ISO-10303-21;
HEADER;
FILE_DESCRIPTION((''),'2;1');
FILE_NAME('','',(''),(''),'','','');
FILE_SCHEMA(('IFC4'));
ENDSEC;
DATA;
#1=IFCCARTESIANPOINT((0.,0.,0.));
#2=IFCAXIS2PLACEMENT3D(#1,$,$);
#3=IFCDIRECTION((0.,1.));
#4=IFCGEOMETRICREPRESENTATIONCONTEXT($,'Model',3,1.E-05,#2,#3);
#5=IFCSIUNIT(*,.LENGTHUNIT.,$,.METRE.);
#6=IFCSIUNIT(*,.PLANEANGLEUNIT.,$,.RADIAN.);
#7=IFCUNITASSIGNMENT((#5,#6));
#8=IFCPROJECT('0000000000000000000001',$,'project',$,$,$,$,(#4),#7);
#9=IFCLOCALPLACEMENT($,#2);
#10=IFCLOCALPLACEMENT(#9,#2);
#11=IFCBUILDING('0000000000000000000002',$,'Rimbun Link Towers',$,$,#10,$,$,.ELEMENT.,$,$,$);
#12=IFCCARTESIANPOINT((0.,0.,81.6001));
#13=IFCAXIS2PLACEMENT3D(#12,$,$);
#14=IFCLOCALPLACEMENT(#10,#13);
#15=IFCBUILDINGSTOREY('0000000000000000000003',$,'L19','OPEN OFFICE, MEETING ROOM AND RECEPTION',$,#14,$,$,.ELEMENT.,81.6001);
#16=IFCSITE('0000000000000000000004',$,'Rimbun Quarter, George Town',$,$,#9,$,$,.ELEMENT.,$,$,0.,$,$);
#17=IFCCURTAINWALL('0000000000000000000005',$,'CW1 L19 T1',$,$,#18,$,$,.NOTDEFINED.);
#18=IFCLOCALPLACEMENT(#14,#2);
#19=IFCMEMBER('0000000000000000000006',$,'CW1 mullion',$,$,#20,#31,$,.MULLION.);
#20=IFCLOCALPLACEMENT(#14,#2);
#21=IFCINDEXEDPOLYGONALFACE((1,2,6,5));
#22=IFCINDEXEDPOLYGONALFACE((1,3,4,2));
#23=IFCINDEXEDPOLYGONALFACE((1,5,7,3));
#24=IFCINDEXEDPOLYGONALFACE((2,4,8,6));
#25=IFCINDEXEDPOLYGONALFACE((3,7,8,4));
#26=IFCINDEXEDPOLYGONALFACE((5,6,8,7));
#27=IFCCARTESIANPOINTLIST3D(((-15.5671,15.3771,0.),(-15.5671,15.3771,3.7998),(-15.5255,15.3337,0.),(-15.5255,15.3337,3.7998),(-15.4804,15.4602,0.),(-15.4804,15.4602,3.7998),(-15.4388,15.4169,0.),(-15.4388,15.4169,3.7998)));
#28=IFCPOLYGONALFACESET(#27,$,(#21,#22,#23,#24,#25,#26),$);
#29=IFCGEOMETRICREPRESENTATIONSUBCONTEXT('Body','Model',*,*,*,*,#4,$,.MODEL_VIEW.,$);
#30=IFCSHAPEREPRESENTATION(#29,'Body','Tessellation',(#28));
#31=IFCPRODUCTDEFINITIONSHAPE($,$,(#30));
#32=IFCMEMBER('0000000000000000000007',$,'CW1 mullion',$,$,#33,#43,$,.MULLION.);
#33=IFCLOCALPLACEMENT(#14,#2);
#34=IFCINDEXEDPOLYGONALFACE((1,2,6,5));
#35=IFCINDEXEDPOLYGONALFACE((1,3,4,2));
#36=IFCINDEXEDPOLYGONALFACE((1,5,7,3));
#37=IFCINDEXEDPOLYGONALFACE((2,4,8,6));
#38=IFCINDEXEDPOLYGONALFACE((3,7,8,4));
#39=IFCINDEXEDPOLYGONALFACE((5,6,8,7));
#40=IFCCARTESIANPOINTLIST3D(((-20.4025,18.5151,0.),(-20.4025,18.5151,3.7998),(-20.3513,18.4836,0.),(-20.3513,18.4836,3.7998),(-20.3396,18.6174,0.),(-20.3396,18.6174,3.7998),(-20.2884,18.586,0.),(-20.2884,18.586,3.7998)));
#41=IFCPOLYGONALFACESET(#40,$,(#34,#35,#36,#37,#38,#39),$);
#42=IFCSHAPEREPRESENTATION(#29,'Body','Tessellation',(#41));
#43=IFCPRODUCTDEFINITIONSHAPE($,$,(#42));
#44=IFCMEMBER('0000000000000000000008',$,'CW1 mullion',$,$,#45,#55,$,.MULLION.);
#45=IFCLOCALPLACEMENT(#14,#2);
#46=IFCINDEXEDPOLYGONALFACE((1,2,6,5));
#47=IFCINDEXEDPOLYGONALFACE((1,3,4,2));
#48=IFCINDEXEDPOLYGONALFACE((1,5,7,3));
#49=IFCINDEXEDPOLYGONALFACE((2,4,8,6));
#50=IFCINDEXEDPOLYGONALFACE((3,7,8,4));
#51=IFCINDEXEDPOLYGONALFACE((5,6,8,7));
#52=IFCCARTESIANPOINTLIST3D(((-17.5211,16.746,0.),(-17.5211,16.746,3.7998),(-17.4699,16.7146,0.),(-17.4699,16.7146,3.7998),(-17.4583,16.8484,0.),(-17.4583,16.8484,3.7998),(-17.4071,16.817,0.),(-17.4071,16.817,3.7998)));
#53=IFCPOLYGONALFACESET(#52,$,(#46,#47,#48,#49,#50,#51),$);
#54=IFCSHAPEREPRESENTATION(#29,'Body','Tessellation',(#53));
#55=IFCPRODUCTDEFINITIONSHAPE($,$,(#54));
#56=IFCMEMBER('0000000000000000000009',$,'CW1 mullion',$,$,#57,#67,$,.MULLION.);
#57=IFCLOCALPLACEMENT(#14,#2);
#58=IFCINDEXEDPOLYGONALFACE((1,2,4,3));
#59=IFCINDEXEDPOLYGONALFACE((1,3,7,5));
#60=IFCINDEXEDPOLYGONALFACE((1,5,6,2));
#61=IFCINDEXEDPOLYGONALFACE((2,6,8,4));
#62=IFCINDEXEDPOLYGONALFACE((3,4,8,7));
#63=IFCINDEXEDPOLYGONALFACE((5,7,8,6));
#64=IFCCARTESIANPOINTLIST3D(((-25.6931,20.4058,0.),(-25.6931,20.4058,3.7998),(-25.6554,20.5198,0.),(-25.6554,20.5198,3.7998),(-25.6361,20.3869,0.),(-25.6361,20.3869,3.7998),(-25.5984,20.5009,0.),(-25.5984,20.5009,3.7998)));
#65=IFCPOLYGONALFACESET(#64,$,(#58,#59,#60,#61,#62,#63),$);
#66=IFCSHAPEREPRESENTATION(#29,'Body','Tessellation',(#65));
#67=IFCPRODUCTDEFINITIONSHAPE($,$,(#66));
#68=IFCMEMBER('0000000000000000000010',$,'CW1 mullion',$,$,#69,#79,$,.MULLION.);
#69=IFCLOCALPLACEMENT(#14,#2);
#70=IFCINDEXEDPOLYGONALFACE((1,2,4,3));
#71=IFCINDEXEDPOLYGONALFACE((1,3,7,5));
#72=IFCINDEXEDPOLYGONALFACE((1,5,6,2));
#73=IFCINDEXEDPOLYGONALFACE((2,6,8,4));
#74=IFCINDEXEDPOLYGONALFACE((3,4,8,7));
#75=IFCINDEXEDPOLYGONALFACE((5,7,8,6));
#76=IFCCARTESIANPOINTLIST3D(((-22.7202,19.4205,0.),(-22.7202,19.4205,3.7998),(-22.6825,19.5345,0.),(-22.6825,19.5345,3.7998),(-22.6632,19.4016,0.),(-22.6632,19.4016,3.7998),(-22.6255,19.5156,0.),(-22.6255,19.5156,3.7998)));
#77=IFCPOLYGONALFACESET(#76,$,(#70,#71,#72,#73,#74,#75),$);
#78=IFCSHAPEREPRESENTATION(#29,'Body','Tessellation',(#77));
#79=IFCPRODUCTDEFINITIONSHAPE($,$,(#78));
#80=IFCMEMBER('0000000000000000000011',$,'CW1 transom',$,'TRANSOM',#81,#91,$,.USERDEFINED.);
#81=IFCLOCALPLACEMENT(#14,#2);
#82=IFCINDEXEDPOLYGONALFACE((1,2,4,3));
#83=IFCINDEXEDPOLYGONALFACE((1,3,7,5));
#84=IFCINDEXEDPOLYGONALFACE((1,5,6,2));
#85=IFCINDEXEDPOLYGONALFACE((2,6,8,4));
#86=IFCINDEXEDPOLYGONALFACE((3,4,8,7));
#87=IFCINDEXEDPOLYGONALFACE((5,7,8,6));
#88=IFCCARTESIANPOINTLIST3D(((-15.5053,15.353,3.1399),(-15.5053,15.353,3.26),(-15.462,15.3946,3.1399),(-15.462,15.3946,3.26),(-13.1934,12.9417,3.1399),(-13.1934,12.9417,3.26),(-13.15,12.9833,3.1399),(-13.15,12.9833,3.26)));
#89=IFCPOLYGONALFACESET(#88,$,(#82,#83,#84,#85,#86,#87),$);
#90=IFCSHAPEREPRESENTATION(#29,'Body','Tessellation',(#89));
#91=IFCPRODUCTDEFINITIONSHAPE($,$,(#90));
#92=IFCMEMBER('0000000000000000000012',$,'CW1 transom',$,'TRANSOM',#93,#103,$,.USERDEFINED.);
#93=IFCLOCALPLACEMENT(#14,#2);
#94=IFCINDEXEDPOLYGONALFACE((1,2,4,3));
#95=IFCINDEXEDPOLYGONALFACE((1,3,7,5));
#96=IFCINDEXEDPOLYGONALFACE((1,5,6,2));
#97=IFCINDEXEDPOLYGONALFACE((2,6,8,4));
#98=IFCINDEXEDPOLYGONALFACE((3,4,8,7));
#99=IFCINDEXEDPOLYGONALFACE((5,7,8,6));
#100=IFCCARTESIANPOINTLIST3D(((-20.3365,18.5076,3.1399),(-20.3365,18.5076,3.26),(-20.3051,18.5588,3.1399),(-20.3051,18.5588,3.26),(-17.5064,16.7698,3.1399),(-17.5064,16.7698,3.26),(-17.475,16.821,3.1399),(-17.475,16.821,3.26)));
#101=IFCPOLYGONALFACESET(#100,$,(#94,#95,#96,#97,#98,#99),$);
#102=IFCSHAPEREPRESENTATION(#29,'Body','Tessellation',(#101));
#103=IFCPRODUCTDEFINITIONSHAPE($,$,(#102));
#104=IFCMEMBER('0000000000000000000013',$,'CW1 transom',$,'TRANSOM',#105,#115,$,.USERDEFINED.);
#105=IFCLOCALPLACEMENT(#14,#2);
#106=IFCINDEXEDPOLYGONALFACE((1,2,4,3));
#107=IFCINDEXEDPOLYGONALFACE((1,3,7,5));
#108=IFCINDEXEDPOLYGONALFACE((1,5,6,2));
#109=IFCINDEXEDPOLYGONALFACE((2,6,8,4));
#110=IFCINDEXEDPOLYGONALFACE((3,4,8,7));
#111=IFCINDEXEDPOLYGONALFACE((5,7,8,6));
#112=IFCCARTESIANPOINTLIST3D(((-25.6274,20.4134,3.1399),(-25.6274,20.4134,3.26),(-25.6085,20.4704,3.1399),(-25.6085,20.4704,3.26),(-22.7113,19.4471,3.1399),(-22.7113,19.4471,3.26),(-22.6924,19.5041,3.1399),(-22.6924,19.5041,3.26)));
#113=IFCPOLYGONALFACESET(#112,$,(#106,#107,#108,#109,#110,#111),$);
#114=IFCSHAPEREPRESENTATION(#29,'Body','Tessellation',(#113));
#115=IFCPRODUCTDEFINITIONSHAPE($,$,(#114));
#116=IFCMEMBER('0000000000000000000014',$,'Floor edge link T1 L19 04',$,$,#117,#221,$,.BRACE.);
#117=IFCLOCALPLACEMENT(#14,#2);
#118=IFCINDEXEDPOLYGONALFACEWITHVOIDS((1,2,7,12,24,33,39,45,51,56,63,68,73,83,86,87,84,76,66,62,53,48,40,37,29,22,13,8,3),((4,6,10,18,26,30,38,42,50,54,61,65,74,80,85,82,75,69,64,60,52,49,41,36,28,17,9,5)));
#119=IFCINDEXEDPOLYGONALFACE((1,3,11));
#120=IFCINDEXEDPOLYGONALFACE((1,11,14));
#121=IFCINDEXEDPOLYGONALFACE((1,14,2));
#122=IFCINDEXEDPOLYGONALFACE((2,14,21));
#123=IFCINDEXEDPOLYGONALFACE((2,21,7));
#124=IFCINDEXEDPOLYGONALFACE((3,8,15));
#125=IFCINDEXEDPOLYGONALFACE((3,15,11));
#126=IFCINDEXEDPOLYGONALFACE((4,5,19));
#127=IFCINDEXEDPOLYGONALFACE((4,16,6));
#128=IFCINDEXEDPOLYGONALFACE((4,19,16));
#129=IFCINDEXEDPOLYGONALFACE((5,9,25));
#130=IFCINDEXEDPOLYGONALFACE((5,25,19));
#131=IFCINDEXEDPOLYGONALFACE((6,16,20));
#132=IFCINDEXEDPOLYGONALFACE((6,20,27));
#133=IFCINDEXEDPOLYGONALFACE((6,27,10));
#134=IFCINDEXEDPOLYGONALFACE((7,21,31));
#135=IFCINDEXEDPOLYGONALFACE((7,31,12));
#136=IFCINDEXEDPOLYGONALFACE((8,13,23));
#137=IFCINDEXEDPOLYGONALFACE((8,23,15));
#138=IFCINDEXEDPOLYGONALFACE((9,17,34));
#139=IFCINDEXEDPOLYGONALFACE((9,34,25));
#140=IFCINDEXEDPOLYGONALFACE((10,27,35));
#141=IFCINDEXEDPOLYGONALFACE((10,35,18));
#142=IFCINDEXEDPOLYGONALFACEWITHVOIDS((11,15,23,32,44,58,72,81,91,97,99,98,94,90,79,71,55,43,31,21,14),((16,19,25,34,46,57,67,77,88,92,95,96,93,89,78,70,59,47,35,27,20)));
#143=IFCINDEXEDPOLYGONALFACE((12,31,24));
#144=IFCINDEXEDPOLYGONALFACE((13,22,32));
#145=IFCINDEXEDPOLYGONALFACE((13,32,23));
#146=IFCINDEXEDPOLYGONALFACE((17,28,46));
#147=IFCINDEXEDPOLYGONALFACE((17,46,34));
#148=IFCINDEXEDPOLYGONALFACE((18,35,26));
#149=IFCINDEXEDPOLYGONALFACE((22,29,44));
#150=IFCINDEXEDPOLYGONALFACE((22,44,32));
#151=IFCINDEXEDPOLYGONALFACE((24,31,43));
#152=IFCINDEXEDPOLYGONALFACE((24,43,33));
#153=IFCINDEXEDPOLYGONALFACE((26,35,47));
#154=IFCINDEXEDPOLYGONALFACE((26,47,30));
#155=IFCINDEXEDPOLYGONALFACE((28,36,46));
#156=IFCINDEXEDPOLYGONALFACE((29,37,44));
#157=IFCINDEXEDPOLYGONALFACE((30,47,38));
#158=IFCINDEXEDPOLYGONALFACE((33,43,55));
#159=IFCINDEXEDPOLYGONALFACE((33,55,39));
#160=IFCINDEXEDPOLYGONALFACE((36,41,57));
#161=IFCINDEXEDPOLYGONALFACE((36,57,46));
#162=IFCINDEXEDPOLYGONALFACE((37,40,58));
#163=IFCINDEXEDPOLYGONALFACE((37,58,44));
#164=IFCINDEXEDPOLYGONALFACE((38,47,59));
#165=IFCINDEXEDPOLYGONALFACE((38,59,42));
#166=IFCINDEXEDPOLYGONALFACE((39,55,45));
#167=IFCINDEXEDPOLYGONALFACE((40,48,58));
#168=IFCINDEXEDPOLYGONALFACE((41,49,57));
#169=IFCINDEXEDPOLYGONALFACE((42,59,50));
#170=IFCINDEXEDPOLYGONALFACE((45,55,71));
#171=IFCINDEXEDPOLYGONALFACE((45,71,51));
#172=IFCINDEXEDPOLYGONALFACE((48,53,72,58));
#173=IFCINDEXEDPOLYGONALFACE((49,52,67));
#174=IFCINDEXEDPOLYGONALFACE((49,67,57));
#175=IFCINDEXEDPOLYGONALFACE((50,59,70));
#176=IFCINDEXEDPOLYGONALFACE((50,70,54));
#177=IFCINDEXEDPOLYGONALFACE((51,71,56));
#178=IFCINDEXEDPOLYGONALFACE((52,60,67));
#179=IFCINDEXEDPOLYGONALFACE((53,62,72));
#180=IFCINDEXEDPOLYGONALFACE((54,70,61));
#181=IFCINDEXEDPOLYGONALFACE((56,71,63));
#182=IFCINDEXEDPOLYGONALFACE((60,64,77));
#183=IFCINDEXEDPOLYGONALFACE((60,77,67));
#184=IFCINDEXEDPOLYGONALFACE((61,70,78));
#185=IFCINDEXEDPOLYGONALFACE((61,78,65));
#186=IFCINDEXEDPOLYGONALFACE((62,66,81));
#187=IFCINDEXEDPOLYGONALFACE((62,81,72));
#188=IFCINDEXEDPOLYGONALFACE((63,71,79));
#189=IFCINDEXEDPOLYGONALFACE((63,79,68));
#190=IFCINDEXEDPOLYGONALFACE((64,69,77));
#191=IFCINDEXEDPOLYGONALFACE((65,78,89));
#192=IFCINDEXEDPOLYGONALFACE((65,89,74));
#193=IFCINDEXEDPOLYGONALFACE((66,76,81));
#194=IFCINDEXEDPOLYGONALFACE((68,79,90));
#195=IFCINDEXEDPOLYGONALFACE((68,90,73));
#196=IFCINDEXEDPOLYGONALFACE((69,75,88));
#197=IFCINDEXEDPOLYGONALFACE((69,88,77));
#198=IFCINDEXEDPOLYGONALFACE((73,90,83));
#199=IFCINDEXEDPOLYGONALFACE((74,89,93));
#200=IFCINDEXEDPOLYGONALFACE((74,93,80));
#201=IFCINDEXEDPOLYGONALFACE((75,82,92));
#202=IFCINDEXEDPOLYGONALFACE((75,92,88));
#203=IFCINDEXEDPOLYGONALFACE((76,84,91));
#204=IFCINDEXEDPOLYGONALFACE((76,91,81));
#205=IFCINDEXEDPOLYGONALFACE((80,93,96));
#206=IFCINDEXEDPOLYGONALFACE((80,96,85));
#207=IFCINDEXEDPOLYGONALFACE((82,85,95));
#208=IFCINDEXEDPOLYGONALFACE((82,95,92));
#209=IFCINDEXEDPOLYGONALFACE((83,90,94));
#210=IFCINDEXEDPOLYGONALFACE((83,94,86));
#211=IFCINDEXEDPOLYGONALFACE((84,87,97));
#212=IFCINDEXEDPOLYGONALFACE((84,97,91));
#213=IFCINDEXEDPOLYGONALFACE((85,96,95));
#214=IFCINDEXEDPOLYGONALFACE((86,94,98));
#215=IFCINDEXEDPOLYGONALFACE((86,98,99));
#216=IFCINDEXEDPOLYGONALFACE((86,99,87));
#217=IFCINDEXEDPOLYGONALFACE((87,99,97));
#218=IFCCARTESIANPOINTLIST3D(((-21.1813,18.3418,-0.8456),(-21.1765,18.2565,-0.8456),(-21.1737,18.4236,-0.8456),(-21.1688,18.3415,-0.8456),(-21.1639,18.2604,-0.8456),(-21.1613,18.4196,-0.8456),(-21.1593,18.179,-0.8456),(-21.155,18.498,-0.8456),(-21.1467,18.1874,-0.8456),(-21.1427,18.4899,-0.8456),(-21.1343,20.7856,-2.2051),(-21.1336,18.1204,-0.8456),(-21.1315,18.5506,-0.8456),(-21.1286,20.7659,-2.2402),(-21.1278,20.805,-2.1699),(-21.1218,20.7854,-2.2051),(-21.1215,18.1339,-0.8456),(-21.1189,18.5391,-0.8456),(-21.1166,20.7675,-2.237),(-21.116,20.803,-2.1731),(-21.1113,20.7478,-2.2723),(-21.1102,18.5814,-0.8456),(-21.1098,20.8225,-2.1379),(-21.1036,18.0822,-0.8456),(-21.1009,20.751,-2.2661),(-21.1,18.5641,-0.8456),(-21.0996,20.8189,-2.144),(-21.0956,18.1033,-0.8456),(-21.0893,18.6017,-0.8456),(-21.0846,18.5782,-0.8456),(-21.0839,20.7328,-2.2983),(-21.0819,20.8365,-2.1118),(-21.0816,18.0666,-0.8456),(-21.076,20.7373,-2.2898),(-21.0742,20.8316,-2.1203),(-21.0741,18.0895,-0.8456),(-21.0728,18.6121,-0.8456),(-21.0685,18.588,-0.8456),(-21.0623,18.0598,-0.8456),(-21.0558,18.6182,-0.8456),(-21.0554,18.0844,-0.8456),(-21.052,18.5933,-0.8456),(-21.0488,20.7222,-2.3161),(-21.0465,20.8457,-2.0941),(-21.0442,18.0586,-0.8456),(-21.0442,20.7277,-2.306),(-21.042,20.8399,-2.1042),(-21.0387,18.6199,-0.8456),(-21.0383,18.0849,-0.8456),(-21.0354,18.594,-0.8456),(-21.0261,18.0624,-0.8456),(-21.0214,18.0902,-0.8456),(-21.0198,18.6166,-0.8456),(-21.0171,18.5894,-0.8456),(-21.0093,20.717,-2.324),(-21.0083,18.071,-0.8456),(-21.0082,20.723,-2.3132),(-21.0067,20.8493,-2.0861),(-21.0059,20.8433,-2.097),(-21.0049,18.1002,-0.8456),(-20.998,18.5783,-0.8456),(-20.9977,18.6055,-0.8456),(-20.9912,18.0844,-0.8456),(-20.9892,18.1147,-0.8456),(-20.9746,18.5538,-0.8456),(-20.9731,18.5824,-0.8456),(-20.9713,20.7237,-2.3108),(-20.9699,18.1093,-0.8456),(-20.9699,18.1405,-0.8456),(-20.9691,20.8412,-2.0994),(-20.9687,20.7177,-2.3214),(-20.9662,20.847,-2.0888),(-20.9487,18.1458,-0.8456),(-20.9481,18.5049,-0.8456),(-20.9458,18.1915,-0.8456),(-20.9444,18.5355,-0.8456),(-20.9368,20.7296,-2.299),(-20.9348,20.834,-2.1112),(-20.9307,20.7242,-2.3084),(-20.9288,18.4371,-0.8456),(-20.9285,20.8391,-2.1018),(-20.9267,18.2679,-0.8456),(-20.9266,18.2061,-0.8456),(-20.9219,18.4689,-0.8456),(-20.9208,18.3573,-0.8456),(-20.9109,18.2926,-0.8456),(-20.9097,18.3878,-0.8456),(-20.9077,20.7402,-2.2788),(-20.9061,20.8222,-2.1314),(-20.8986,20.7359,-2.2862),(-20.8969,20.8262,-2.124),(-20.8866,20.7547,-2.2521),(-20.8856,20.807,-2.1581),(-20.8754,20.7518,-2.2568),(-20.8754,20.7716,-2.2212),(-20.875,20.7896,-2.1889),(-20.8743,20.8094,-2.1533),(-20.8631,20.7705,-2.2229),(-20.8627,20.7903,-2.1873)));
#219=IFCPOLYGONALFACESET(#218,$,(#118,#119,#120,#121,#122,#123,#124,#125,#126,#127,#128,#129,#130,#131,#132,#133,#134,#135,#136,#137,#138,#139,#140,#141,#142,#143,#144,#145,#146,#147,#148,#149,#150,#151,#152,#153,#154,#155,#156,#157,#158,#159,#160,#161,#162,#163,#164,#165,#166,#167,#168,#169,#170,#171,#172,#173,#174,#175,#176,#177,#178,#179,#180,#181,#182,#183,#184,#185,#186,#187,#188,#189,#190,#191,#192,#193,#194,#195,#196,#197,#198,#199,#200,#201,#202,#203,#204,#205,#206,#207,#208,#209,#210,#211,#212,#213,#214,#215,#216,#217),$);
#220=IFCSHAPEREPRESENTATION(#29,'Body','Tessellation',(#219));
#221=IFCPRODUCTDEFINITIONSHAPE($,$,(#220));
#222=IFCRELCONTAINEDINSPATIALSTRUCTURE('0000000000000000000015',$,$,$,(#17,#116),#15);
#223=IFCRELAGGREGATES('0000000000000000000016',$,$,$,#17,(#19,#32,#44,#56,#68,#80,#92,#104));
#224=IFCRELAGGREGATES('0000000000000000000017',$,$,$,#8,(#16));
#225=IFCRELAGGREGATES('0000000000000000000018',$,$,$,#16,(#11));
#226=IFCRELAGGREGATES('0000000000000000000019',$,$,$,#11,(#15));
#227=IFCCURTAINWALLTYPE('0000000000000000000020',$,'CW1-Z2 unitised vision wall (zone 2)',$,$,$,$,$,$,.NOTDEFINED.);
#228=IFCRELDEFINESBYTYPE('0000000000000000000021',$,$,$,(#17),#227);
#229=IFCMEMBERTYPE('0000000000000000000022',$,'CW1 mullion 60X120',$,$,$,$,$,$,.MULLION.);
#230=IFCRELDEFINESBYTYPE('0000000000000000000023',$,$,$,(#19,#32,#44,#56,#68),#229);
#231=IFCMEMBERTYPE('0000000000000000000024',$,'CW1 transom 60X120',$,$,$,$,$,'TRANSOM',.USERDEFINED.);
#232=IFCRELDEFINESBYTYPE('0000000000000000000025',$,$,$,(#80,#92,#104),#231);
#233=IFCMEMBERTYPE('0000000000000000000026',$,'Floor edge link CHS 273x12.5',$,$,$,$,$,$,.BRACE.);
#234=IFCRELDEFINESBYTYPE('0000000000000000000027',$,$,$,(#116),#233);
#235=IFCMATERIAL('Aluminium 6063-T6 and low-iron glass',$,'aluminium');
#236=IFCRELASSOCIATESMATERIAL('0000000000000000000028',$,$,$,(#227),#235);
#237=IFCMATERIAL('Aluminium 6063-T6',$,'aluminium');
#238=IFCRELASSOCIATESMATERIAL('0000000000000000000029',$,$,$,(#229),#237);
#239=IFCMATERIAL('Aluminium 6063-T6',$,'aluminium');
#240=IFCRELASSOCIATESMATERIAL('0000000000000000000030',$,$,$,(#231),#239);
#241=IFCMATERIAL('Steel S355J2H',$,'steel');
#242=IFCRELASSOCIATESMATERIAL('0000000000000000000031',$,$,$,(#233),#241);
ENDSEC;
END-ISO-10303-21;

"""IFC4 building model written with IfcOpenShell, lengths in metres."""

from ifc_helpers import new_model, si_unit, direction, frame, origin, origin_2d, place, context, subcontext, project, spatial, rectangle, hollow_circle, extrude, clip, halfspace, material, material_profile, profile_set, type_object, element, aggregate, save


model = new_model("IFC4")

# Units and contexts
model_context = context("Model", 3, precision=1e-05, world=origin(), true_north=direction((0.0, 1.0)))
body_context = subcontext(model_context, "Body", "Model", "MODEL_VIEW")
ifc_project = project(units=[si_unit("LENGTHUNIT", "METRE"), si_unit("PLANEANGLEUNIT", "RADIAN")], contexts=[model_context])

# Site, building, storey
site_placement = place(None, origin())
site = spatial("IfcSite", under=ifc_project, at=site_placement, Name="Rimbun Quarter, George Town", CompositionType="ELEMENT", RefElevation=0.0)
building_placement = place(site_placement, origin())
building = spatial("IfcBuilding", under=site, at=building_placement, Name="Rimbun Link Towers", CompositionType="ELEMENT")
storey_placement = place(building_placement, frame((0.0, 0.0, 81.6001)))
storey = spatial("IfcBuildingStorey", under=building, at=storey_placement, Name="L19", Description="OPEN OFFICE, MEETING ROOM AND RECEPTION", CompositionType="ELEMENT", Elevation=81.6001)

# Curtain wall, members
ifc_material_1 = material(Name="Aluminium 6063-T6 and low-iron glass", Category="aluminium")
curtain_wall_type = type_object("IfcCurtainWallType", Name="CW1-Z2 unitised vision wall (zone 2)", PredefinedType="NOTDEFINED", material=ifc_material_1)
curtain_wall_placement = place(storey_placement, origin())
curtain_wall = element("IfcCurtainWall", 1, at=curtain_wall_placement, inside=storey, type_object=curtain_wall_type, Name="CW1 L19 T1", PredefinedType="NOTDEFINED")
ifc_material_2 = material(Name="Aluminium 6063-T6", Category="aluminium")
ifc_material_profile_1 = material_profile(ifc_material_2, rectangle(XDim=0.1201, YDim=0.0601, at=origin_2d()), Name="MULLION 60X120")
ifc_profile_set_1 = profile_set([ifc_material_profile_1], Name="Aluminium 6063-T6")
member_type_1 = type_object("IfcMemberType", Name="CW1 mullion 60X120", PredefinedType="MULLION", material=ifc_profile_set_1)
member_1_placement = place(storey_placement, frame((-15.5029, 15.397, 0.0), z_axis=(0.0, 0.0, 1.0), x_axis=(0.721839, 0.692061, 0.0)))
member_1 = element("IfcMember", 2, at=member_1_placement, type_object=member_type_1, Name="CW1 mullion", PredefinedType="MULLION", context=body_context, shape_type="SweptSolid", body=[
    extrude(rectangle(XDim=0.1201, YDim=0.0601, at=origin_2d()), origin(), (0.0, 0.0, 1.0), 3.7998),
])
member_2_placement = place(storey_placement, frame((-20.3455, 18.5505, 0.0), z_axis=(0.0, 0.0, 1.0), x_axis=(0.523237, 0.852187, 0.0)))
member_2 = element("IfcMember", 3, at=member_2_placement, type_object=member_type_1, Name="CW1 mullion", PredefinedType="MULLION", context=body_context, shape_type="SweptSolid", body=[
    extrude(rectangle(XDim=0.1201, YDim=0.0601, at=origin_2d()), origin(), (0.0, 0.0, 1.0), 3.7998),
])
member_3_placement = place(storey_placement, frame((-17.4641, 16.7815, 0.0), z_axis=(0.0, 0.0, 1.0), x_axis=(0.523237, 0.852187, 0.0)))
member_3 = element("IfcMember", 4, at=member_3_placement, type_object=member_type_1, Name="CW1 mullion", PredefinedType="MULLION", context=body_context, shape_type="SweptSolid", body=[
    extrude(rectangle(XDim=0.1201, YDim=0.0601, at=origin_2d()), origin(), (0.0, 0.0, 1.0), 3.7998),
])
member_4_placement = place(storey_placement, frame((-25.6458, 20.4534, 0.0), z_axis=(0.0, 0.0, 1.0), x_axis=(0.314576, 0.949232, 0.0)))
member_4 = element("IfcMember", 5, at=member_4_placement, type_object=member_type_1, Name="CW1 mullion", PredefinedType="MULLION", context=body_context, shape_type="SweptSolid", body=[
    extrude(rectangle(XDim=0.1201, YDim=0.0601, at=origin_2d()), origin(), (0.0, 0.0, 1.0), 3.7998),
])
member_5_placement = place(storey_placement, frame((-22.6729, 19.468, 0.0), z_axis=(0.0, 0.0, 1.0), x_axis=(0.314576, 0.949232, 0.0)))
member_5 = element("IfcMember", 6, at=member_5_placement, type_object=member_type_1, Name="CW1 mullion", PredefinedType="MULLION", context=body_context, shape_type="SweptSolid", body=[
    extrude(rectangle(XDim=0.1201, YDim=0.0601, at=origin_2d()), origin(), (0.0, 0.0, 1.0), 3.7998),
])
ifc_material_3 = material(Name="Aluminium 6063-T6", Category="aluminium")
ifc_material_profile_2 = material_profile(ifc_material_3, rectangle(XDim=0.0601, YDim=0.1201, at=origin_2d()), Name="TRANSOM 60X120")
ifc_profile_set_2 = profile_set([ifc_material_profile_2], Name="Aluminium 6063-T6")
member_type_2 = type_object("IfcMemberType", Name="CW1 transom 60X120", ElementType="TRANSOM", PredefinedType="USERDEFINED", material=ifc_profile_set_2)
member_6_placement = place(storey_placement, frame((-15.4836, 15.3738, 3.2), z_axis=(0.692078, -0.721822, 0.0), x_axis=(0.721822, 0.692078, 0.0)))
member_6 = element("IfcMember", 7, at=member_6_placement, type_object=member_type_2, Name="CW1 transom", ObjectType="TRANSOM", PredefinedType="USERDEFINED", context=body_context, shape_type="SweptSolid", body=[
    extrude(rectangle(XDim=0.0601, YDim=0.1201, at=origin_2d()), origin(), (0.0, 0.0, 1.0), 3.3406),
])
member_7_placement = place(storey_placement, frame((-20.3208, 18.5332, 3.2), z_axis=(0.852168, -0.523269, 0.0), x_axis=(0.523269, 0.852168, 0.0)))
member_7 = element("IfcMember", 8, at=member_7_placement, type_object=member_type_2, Name="CW1 transom", ObjectType="TRANSOM", PredefinedType="USERDEFINED", context=body_context, shape_type="SweptSolid", body=[
    extrude(rectangle(XDim=0.0601, YDim=0.1201, at=origin_2d()), origin(), (0.0, 0.0, 1.0), 3.321),
])
member_8_placement = place(storey_placement, frame((-25.6179, 20.4419, 3.2), z_axis=(0.949238, -0.314558, 0.0), x_axis=(0.314558, 0.949238, 0.0)))
member_8 = element("IfcMember", 9, at=member_8_placement, type_object=member_type_2, Name="CW1 transom", ObjectType="TRANSOM", PredefinedType="USERDEFINED", context=body_context, shape_type="SweptSolid", body=[
    extrude(rectangle(XDim=0.0601, YDim=0.1201, at=origin_2d()), origin(), (0.0, 0.0, 1.0), 3.072),
])

# Member
ifc_material_4 = material(Name="Steel S355J2H", Category="steel")
ifc_material_profile_3 = material_profile(ifc_material_4, hollow_circle(Radius=0.1365, WallThickness=0.0125, at=origin_2d()), Name="CHS 273x12.5")
ifc_profile_set_3 = profile_set([ifc_material_profile_3], Name="Steel S355J2H")
member_type_3 = type_object("IfcMemberType", Name="Floor edge link CHS 273x12.5", PredefinedType="BRACE", material=ifc_profile_set_3)
member_9_placement = place(storey_placement, frame((-21.0408, 18.5491, -0.9624), z_axis=(0.016807, 0.873763, -0.486061), x_axis=(-0.999815, 0.019231, 0.0)))
element("IfcMember", 10, at=member_9_placement, inside=storey, type_object=member_type_3, Name="Floor edge link T1 L19 04", PredefinedType="BRACE", context=body_context, shape_type="Clipping", body=[
    clip(extrude(hollow_circle(Radius=0.1365, WallThickness=0.0125, at=origin_2d()), frame((0.0, 0.0, -0.5115)), (0.0, 0.0, 1.0), 3.0681), halfspace(frame((0.0, 0.0, -0.2402), z_axis=(0.0, 0.873925, -0.486061)), False)),
])

aggregate(curtain_wall, [member_1, member_2, member_3, member_4, member_5, member_6, member_7, member_8])

save(model, "model.ifc")
